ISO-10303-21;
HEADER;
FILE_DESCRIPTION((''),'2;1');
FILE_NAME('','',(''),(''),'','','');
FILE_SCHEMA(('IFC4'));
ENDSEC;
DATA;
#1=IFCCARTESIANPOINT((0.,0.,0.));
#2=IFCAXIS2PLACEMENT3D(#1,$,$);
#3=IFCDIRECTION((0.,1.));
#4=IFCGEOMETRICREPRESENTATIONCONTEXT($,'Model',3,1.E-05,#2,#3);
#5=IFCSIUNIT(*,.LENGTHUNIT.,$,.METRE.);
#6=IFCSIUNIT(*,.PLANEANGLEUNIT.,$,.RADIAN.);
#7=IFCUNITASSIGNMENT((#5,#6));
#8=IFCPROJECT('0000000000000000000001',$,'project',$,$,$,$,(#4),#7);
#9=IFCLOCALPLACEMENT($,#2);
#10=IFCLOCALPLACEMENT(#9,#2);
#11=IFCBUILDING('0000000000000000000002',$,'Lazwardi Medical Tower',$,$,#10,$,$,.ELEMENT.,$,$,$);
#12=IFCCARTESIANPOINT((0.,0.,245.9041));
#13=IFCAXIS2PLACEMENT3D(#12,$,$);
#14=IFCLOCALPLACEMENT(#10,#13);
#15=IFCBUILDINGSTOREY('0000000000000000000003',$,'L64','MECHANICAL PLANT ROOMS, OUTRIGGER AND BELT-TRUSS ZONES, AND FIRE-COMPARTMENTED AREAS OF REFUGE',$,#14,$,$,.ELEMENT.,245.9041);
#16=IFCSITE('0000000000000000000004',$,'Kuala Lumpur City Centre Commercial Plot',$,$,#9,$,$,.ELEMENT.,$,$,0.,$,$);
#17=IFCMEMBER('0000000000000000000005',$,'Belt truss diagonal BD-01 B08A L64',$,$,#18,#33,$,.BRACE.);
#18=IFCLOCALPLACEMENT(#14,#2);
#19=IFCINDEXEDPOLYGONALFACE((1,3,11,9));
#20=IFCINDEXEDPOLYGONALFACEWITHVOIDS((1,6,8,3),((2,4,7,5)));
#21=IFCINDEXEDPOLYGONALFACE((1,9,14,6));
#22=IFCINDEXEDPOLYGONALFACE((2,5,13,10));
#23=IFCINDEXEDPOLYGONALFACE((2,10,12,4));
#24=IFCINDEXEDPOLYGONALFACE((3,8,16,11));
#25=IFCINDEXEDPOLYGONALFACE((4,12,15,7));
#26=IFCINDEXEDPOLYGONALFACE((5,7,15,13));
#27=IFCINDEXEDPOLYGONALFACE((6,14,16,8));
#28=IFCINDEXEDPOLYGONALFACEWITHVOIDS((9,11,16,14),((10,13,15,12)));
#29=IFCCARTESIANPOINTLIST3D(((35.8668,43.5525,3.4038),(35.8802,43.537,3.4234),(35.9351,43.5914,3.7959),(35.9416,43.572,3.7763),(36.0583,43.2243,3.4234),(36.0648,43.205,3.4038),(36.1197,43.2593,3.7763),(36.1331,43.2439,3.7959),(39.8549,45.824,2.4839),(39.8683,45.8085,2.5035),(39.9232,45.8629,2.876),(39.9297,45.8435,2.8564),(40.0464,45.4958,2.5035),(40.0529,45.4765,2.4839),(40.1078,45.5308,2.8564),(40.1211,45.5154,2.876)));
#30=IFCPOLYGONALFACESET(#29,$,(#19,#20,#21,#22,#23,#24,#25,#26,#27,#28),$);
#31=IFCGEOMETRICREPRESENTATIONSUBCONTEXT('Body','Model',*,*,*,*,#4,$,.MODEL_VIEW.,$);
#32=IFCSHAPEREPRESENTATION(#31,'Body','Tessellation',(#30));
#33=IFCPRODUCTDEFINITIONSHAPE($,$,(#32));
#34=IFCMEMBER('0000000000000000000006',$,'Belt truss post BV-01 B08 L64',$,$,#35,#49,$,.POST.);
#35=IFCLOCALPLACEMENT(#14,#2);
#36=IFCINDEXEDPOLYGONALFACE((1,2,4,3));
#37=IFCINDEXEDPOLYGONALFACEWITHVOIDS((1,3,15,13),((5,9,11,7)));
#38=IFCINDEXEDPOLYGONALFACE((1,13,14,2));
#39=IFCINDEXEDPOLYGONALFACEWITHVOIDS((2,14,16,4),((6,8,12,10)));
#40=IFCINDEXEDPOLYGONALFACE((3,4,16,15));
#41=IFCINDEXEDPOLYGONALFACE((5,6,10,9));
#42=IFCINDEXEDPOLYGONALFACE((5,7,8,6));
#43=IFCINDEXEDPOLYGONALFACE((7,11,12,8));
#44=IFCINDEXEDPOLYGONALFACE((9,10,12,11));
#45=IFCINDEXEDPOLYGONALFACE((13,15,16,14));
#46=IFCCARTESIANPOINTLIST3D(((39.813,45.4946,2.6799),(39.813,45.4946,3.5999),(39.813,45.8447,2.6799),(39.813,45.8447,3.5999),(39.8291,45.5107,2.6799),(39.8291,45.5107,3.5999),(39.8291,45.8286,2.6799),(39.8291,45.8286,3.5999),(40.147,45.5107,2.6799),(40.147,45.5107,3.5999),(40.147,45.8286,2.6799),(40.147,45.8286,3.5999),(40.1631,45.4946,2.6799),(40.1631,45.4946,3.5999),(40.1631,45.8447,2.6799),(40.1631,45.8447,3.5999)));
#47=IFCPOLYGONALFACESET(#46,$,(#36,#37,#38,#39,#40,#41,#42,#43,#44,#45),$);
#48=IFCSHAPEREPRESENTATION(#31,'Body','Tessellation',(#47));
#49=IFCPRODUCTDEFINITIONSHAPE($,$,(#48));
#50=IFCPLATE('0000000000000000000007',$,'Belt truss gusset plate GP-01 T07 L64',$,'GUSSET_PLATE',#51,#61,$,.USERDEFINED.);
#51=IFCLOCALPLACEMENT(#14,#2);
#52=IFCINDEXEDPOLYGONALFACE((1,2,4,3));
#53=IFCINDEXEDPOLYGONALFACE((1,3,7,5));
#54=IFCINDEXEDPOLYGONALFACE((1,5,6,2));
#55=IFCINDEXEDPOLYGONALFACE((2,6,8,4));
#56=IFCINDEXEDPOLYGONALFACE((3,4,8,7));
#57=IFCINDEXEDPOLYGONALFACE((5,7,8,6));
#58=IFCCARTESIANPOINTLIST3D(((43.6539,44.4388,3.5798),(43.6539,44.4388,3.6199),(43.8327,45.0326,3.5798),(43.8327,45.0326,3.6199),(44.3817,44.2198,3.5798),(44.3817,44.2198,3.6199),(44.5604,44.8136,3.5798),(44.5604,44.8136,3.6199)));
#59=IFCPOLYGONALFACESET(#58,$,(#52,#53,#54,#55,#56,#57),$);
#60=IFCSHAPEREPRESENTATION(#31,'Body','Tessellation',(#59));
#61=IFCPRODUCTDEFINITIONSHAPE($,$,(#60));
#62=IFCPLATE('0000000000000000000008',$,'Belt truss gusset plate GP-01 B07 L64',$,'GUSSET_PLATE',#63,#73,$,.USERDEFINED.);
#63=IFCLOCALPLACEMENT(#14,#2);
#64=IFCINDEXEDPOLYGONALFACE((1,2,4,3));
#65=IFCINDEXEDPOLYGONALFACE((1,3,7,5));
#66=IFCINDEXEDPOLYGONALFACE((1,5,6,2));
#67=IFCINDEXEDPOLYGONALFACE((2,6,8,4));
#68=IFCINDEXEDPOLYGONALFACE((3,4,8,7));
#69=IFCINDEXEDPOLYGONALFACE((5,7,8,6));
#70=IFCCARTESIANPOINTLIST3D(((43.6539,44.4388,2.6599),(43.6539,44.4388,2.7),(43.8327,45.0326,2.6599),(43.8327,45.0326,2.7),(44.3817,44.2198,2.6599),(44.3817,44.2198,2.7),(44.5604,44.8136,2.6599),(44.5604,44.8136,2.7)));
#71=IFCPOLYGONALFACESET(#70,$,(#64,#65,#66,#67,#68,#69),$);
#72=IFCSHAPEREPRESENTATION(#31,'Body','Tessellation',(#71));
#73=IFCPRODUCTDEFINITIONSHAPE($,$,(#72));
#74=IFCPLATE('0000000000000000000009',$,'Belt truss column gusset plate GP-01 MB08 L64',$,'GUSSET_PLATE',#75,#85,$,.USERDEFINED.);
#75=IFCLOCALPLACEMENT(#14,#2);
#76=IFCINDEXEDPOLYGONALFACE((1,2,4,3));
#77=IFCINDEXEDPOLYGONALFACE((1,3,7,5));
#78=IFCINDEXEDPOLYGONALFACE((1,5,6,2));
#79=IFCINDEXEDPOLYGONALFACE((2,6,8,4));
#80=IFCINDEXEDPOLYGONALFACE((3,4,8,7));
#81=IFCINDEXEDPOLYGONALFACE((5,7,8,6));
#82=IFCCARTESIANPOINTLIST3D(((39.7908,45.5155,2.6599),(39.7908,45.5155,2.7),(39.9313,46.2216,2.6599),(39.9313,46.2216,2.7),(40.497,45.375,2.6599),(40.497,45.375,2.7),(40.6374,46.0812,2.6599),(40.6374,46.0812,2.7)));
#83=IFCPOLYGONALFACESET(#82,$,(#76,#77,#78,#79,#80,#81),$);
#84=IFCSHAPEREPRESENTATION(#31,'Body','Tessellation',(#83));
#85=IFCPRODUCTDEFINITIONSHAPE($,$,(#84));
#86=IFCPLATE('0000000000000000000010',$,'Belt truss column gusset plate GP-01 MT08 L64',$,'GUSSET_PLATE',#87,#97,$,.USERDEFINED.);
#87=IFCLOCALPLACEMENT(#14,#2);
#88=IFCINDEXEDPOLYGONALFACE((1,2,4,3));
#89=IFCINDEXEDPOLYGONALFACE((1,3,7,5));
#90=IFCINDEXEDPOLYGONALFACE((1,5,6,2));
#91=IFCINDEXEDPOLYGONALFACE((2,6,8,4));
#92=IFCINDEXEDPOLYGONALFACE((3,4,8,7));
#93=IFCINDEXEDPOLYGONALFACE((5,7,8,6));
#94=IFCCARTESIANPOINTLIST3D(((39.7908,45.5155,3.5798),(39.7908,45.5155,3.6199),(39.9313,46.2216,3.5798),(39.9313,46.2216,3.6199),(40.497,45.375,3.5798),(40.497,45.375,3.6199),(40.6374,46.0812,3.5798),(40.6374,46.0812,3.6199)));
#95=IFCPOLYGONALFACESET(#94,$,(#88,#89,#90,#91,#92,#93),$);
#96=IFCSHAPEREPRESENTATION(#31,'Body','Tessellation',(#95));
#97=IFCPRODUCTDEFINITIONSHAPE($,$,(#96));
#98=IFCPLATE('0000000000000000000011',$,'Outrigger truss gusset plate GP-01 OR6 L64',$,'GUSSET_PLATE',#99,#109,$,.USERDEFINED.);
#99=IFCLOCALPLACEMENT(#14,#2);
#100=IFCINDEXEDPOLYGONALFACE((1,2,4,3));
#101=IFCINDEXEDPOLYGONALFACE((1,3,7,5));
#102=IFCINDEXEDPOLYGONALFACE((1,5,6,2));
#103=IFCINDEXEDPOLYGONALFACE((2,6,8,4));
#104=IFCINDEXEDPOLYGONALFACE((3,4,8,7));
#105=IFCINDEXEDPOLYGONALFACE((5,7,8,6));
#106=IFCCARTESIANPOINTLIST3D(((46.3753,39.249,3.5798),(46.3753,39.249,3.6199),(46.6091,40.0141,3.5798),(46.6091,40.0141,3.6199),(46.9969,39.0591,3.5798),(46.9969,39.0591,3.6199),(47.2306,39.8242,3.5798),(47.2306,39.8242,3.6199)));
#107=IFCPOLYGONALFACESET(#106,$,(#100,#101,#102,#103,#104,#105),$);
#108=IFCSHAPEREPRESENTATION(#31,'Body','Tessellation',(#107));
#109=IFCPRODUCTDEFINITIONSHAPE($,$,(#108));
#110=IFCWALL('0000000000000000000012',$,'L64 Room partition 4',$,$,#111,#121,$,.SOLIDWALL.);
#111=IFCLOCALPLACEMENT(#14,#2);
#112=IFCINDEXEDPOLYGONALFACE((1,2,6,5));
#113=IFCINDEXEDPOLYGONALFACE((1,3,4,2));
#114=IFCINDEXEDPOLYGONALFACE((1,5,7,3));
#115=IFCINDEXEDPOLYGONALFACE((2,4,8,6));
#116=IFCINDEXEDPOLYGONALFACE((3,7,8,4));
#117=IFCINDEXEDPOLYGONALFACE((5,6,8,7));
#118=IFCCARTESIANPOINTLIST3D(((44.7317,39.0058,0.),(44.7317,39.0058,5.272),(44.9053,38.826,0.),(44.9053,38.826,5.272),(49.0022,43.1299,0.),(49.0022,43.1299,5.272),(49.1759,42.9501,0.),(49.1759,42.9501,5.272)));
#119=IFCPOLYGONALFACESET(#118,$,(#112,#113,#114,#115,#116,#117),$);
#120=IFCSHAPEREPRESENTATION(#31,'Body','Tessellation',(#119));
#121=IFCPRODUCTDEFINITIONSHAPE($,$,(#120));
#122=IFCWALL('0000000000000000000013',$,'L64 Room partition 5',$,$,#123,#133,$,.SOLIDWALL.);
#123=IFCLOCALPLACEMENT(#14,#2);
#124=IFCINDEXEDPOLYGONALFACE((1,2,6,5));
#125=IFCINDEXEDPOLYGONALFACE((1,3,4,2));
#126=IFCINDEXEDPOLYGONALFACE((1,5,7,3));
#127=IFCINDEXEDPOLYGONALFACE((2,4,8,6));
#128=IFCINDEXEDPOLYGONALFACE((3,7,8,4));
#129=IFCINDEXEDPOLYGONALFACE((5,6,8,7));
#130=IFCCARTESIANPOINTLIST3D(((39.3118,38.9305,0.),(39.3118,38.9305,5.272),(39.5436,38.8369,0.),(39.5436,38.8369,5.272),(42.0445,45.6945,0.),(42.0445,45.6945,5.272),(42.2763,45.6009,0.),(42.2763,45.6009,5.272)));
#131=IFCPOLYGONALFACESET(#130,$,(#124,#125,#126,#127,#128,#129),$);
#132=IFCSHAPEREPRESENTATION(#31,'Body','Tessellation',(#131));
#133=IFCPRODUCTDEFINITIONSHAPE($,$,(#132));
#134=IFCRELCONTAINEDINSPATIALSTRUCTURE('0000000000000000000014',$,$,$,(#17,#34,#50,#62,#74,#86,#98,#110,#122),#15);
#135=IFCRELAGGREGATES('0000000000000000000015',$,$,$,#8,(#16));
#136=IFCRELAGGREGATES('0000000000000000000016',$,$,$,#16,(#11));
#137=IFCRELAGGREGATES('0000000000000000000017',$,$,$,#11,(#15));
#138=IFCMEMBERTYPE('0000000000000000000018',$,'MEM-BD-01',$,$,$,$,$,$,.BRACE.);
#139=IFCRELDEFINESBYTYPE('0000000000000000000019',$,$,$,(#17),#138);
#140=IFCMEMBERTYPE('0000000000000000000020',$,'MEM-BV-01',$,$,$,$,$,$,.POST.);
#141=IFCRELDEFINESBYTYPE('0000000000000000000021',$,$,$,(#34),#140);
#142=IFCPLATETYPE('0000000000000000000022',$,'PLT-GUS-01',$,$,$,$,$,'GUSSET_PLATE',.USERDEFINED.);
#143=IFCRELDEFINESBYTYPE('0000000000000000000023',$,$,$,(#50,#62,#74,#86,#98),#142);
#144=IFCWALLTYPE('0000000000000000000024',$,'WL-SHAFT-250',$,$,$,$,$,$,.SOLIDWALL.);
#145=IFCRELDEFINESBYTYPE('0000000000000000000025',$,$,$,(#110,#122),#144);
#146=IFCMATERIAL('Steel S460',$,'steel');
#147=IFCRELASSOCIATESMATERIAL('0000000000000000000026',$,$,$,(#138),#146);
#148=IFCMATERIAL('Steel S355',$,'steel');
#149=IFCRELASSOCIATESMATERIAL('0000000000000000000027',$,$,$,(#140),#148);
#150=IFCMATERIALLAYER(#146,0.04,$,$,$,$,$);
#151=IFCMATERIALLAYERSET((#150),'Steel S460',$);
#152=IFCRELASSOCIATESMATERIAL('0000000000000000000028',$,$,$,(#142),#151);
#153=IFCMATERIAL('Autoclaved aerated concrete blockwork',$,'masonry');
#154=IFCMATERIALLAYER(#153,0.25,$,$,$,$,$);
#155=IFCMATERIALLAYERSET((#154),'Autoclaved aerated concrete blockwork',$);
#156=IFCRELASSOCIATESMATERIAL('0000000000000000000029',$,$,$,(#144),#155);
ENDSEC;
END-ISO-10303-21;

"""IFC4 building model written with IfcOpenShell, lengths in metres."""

from ifc_helpers import new_model, si_unit, direction, frame, frame_2d, origin, origin_2d, place, context, subcontext, project, spatial, rectangle, hollow_rectangle, extrude, material, layer, layer_set, material_profile, profile_set, type_object, element, save


model = new_model("IFC4")

# Units and contexts
model_context = context("Model", 3, precision=1e-05, world=origin(), true_north=direction((0.0, 1.0)))
body_context = subcontext(model_context, "Body", "Model", "MODEL_VIEW")
ifc_project = project(units=[si_unit("LENGTHUNIT", "METRE"), si_unit("PLANEANGLEUNIT", "RADIAN")], contexts=[model_context])

# Site, building, storey
site_placement = place(None, origin())
site = spatial("IfcSite", under=ifc_project, at=site_placement, Name="Kuala Lumpur City Centre Commercial Plot", CompositionType="ELEMENT", RefElevation=0.0)
building_placement = place(site_placement, origin())
building = spatial("IfcBuilding", under=site, at=building_placement, Name="Lazwardi Medical Tower", CompositionType="ELEMENT")
storey_placement = place(building_placement, frame((0.0, 0.0, 245.9041)))
storey = spatial("IfcBuildingStorey", under=building, at=storey_placement, Name="L64", Description="MECHANICAL PLANT ROOMS, OUTRIGGER AND BELT-TRUSS ZONES, AND FIRE-COMPARTMENTED AREAS OF REFUGE", CompositionType="ELEMENT", Elevation=245.9041)

# Shared definitions
ifc_material_1 = material(Name="Steel S355", Category="steel")

# Members
ifc_material_2 = material(Name="Steel S460", Category="steel")
ifc_material_profile_1 = material_profile(ifc_material_2, hollow_rectangle(XDim=0.3999, YDim=0.3999, WallThickness=0.02, at=origin_2d()), Name="RHS 400x400x20")
ifc_profile_set_1 = profile_set([ifc_material_profile_1], Name="Steel S460")
member_type_1 = type_object("IfcMemberType", Name="MEM-BD-01", PredefinedType="BRACE", material=ifc_profile_set_1)
member_1_placement = place(storey_placement, frame((39.988, 45.6697, 2.6799), z_axis=(-0.85199, -0.485272, 0.196529), x_axis=(0.494924, -0.868936, 0.0)))
element("IfcMember", 1, at=member_1_placement, inside=storey, type_object=member_type_1, Name="Belt truss diagonal BD-01 B08A L64", PredefinedType="BRACE", context=body_context, shape_type="SweptSolid", body=[
    extrude(hollow_rectangle(XDim=0.3999, YDim=0.3999, WallThickness=0.02, at=origin_2d()), origin(), (0.0, 0.0, 1.0), 4.6809),
])
ifc_material_profile_2 = material_profile(ifc_material_1, hollow_rectangle(XDim=0.3501, YDim=0.3501, WallThickness=0.0161, at=origin_2d()), Name="RHS 350x350x16")
ifc_profile_set_2 = profile_set([ifc_material_profile_2], Name="Steel S355")
member_type_2 = type_object("IfcMemberType", Name="MEM-BV-01", PredefinedType="POST", material=ifc_profile_set_2)
member_2_placement = place(storey_placement, frame((39.988, 45.6697, 2.6799), z_axis=(0.0, 0.0, 1.0), x_axis=(1.0, 0.0, 0.0)))
element("IfcMember", 2, at=member_2_placement, inside=storey, type_object=member_type_2, Name="Belt truss post BV-01 B08 L64", PredefinedType="POST", context=body_context, shape_type="SweptSolid", body=[
    extrude(hollow_rectangle(XDim=0.3501, YDim=0.3501, WallThickness=0.0161, at=origin_2d()), origin(), (0.0, 0.0, 1.0), 0.9199),
])

# Plates
ifc_layer_1 = layer(ifc_material_2, 0.04)
ifc_layer_set_1 = layer_set([ifc_layer_1], Name="Steel S460")
plate_type = type_object("IfcPlateType", Name="PLT-GUS-01", ElementType="GUSSET_PLATE", PredefinedType="USERDEFINED", material=ifc_layer_set_1)
for number, where, z_axis, x_axis, name in (
    (3, (44.1072, 44.6262, 3.5798), (0.0, 0.0, 1.0), (-0.957571, 0.288196, 0.0), "Belt truss gusset plate GP-01 T07 L64"),
    (4, (44.1072, 44.6262, 2.6599), (0.0, 0.0, 1.0), (-0.957571, 0.288196, 0.0), "Belt truss gusset plate GP-01 B07 L64"),
):
    element("IfcPlate", number, at=place(storey_placement, frame(where, z_axis=z_axis, x_axis=x_axis)), inside=storey, type_object=plate_type, Name=name, ObjectType="GUSSET_PLATE", PredefinedType="USERDEFINED", context=body_context, shape_type="SweptSolid", body=[
        extrude(rectangle(XDim=0.76, YDim=0.6201, at=origin_2d()), origin(), (0.0, 0.0, 1.0), 0.04),
    ])
for number, where, z_axis, x_axis, name in (
    (5, (40.2141, 45.7983, 2.6599), (0.0, 0.0, 1.0), (0.19509, 0.980785, 0.0), "Belt truss column gusset plate GP-01 MB08 L64"),
    (6, (40.2141, 45.7983, 3.5798), (0.0, 0.0, 1.0), (0.19509, 0.980785, 0.0), "Belt truss column gusset plate GP-01 MT08 L64"),
):
    element("IfcPlate", number, at=place(storey_placement, frame(where, z_axis=z_axis, x_axis=x_axis)), inside=storey, type_object=plate_type, Name=name, ObjectType="GUSSET_PLATE", PredefinedType="USERDEFINED", context=body_context, shape_type="SweptSolid", body=[
        extrude(rectangle(XDim=0.72, YDim=0.72, at=origin_2d()), origin(), (0.0, 0.0, 1.0), 0.04),
    ])
plate_placement = place(storey_placement, frame((46.803, 39.5366, 3.5798), z_axis=(0.0, 0.0, 1.0), x_axis=(0.292205, 0.956356, 0.0)))
element("IfcPlate", 7, at=plate_placement, inside=storey, type_object=plate_type, Name="Outrigger truss gusset plate GP-01 OR6 L64", ObjectType="GUSSET_PLATE", PredefinedType="USERDEFINED", context=body_context, shape_type="SweptSolid", body=[
    extrude(rectangle(XDim=0.8, YDim=0.6499, at=origin_2d()), origin(), (0.0, 0.0, 1.0), 0.04),
])

# Walls
ifc_material_3 = material(Name="Autoclaved aerated concrete blockwork", Category="masonry")
ifc_layer_2 = layer(ifc_material_3, 0.25)
ifc_layer_set_2 = layer_set([ifc_layer_2], Name="Autoclaved aerated concrete blockwork")
wall_type = type_object("IfcWallType", Name="WL-SHAFT-250", PredefinedType="SOLIDWALL", material=ifc_layer_set_2)
wall_1_placement = place(storey_placement, frame((44.8186, 38.916, 0.0), z_axis=(0.0, 0.0, 1.0), x_axis=(0.719336, 0.694662, 0.0)))
element("IfcWall", 8, at=wall_1_placement, inside=storey, type_object=wall_type, Name="L64 Room partition 4", PredefinedType="SOLIDWALL", context=body_context, shape_type="SweptSolid", body=[
    extrude(rectangle(XDim=5.9368, YDim=0.25, at=frame_2d((2.9683, 0.0))), origin(), (0.0, 0.0, 1.0), 5.272),
])
wall_2_placement = place(storey_placement, frame((39.4277, 38.8838, 0.0), z_axis=(0.0, 0.0, 1.0), x_axis=(0.374591, 0.92719, 0.0)))
element("IfcWall", 9, at=wall_2_placement, inside=storey, type_object=wall_type, Name="L64 Room partition 5", PredefinedType="SOLIDWALL", context=body_context, shape_type="SweptSolid", body=[
    extrude(rectangle(XDim=7.2952, YDim=0.25, at=frame_2d((3.6475, 0.0))), origin(), (0.0, 0.0, 1.0), 5.272),
])

save(model, "model.ifc")
